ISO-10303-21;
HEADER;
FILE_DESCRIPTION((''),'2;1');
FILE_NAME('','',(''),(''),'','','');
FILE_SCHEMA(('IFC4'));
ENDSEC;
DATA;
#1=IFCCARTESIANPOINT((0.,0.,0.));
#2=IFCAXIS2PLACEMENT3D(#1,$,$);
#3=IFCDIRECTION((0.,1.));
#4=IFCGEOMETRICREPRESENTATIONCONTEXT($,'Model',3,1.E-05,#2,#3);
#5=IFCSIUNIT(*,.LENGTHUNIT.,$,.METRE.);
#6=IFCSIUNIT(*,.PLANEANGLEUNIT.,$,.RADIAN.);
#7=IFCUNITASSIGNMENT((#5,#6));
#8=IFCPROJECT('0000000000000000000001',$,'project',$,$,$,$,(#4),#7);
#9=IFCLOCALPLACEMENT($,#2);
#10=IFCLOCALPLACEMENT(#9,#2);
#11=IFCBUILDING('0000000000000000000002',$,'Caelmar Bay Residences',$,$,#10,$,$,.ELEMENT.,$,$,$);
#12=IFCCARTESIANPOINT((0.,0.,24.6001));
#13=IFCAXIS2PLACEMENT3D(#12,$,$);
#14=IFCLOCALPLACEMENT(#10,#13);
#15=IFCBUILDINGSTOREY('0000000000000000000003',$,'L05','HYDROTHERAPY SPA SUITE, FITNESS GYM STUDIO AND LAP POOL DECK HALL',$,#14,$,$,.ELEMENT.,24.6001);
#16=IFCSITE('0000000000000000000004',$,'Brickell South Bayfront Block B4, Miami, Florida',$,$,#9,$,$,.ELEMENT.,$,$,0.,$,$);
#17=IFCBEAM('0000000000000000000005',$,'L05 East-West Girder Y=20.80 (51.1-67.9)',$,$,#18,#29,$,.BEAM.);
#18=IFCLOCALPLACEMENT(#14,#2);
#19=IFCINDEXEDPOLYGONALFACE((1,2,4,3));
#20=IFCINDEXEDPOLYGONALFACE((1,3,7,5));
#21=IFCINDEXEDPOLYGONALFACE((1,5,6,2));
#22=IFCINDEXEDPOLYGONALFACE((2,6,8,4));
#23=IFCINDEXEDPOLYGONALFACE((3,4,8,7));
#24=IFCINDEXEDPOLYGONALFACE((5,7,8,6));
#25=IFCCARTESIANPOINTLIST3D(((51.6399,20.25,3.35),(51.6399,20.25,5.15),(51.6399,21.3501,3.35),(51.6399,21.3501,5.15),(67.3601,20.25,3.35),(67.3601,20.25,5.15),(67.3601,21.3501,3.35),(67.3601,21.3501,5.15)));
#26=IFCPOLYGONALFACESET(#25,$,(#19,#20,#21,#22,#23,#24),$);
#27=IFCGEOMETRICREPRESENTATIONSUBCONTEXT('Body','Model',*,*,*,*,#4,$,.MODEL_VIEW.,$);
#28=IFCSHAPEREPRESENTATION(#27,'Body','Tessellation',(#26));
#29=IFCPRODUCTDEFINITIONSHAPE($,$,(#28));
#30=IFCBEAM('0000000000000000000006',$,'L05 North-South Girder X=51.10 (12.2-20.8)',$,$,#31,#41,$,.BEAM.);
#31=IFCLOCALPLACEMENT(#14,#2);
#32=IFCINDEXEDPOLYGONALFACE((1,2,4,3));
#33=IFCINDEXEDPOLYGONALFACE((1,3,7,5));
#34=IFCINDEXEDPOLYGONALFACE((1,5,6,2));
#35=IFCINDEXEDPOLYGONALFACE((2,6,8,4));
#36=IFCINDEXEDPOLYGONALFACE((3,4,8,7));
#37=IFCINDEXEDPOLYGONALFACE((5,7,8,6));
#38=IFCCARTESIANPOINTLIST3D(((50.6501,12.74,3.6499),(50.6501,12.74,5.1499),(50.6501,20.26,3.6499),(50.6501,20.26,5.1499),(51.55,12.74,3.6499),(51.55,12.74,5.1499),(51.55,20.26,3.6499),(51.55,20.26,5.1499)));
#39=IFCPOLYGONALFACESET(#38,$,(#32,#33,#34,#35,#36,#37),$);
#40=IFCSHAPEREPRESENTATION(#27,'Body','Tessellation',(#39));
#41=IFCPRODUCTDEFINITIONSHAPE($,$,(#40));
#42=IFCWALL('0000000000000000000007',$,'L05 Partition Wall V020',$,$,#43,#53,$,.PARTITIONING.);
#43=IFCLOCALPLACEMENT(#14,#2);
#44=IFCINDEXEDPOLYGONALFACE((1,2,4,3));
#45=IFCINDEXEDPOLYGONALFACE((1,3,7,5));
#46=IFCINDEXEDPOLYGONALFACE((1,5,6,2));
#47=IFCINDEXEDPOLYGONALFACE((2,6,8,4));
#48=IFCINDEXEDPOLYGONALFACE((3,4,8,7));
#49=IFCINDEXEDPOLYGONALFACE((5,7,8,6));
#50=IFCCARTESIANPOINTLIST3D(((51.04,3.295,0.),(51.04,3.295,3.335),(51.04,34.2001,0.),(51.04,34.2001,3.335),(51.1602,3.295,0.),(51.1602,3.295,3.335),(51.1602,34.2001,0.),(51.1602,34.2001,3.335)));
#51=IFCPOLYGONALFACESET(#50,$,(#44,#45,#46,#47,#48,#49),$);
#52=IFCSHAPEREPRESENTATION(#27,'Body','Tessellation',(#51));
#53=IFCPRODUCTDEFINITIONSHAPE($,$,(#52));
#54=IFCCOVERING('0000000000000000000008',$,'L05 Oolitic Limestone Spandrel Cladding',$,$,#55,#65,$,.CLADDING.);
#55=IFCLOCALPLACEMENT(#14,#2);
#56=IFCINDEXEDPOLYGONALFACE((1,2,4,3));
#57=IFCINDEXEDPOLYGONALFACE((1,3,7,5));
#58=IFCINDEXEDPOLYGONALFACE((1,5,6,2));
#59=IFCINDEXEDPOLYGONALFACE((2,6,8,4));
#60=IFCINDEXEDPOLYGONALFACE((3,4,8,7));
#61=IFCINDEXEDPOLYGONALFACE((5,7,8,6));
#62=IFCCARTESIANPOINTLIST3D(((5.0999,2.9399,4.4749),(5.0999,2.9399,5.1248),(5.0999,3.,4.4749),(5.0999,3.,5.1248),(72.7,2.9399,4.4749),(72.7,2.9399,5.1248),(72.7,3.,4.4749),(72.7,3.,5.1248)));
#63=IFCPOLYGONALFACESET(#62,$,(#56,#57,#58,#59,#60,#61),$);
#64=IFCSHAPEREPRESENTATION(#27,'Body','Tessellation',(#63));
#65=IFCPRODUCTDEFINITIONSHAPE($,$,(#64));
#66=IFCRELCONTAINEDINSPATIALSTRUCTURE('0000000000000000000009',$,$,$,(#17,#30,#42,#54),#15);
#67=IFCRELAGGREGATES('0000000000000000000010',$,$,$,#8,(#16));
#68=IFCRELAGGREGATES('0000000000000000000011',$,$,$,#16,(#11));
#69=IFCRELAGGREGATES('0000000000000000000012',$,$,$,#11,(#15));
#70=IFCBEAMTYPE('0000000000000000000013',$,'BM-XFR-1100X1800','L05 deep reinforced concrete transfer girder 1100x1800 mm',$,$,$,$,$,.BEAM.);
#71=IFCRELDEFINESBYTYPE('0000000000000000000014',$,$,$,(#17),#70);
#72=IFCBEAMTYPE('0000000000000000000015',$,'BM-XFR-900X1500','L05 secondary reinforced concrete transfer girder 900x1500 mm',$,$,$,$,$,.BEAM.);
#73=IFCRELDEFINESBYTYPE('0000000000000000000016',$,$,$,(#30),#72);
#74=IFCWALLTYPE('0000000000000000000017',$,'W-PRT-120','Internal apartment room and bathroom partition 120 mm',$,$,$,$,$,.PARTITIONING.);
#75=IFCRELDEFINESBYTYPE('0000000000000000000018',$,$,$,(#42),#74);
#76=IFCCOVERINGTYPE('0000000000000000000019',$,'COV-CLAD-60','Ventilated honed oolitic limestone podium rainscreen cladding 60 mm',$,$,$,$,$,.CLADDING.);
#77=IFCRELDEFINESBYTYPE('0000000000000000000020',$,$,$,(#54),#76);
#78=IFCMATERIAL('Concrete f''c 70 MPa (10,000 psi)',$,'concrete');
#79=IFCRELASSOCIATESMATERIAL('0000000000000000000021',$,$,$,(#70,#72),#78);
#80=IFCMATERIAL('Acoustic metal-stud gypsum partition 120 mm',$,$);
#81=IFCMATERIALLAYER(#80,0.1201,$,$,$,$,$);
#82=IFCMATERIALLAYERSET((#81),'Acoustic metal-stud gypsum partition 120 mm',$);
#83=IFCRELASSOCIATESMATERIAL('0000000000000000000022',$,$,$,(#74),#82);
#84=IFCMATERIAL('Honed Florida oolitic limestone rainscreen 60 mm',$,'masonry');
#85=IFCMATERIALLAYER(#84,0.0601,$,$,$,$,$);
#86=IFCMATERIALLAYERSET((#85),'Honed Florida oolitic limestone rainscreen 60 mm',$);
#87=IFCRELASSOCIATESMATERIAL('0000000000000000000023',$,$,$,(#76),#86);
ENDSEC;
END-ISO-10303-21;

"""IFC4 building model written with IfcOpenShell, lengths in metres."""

from ifc_helpers import new_model, si_unit, direction, frame, frame_2d, origin, origin_2d, place, context, subcontext, project, spatial, rectangle, extrude, material, layer, layer_set, material_profile, profile_set, type_object, element, save


model = new_model("IFC4")

# Units and contexts
model_context = context("Model", 3, precision=1e-05, world=origin(), true_north=direction((0.0, 1.0)))
body_context = subcontext(model_context, "Body", "Model", "MODEL_VIEW")
ifc_project = project(units=[si_unit("LENGTHUNIT", "METRE"), si_unit("PLANEANGLEUNIT", "RADIAN")], contexts=[model_context])

# Site, building, storey
site_placement = place(None, origin())
site = spatial("IfcSite", under=ifc_project, at=site_placement, Name="Brickell South Bayfront Block B4, Miami, Florida", CompositionType="ELEMENT", RefElevation=0.0)
building_placement = place(site_placement, origin())
building = spatial("IfcBuilding", under=site, at=building_placement, Name="Caelmar Bay Residences", CompositionType="ELEMENT")
storey_placement = place(building_placement, frame((0.0, 0.0, 24.6001)))
storey = spatial("IfcBuildingStorey", under=building, at=storey_placement, Name="L05", Description="HYDROTHERAPY SPA SUITE, FITNESS GYM STUDIO AND LAP POOL DECK HALL", CompositionType="ELEMENT", Elevation=24.6001)

# Shared definitions
ifc_material_1 = material(Name="Concrete f'c 70 MPa (10,000 psi)", Category="concrete")

# Beams
ifc_material_profile_1 = material_profile(ifc_material_1, rectangle(XDim=1.1001, YDim=1.8, at=origin_2d()), Name="RC-BM-1100X1800")
ifc_profile_set_1 = profile_set([ifc_material_profile_1], Name="Concrete f'c 70 MPa (10,000 psi)")
beam_type_1 = type_object("IfcBeamType", Name="BM-XFR-1100X1800", Description="L05 deep reinforced concrete transfer girder 1100x1800 mm", PredefinedType="BEAM", material=ifc_profile_set_1)
beam_1_placement = place(storey_placement, frame((51.6399, 20.8, 4.25), z_axis=(1.0, 0.0, 0.0), x_axis=(0.0, 1.0, 0.0)))
element("IfcBeam", 1, at=beam_1_placement, inside=storey, type_object=beam_type_1, Name="L05 East-West Girder Y=20.80 (51.1-67.9)", PredefinedType="BEAM", context=body_context, shape_type="SweptSolid", body=[
    extrude(rectangle(XDim=1.1001, YDim=1.8, at=origin_2d()), origin(), (0.0, 0.0, 1.0), 15.7202),
])
ifc_material_profile_2 = material_profile(ifc_material_1, rectangle(XDim=0.8999, YDim=1.5, at=origin_2d()), Name="RC-BM-900X1500")
ifc_profile_set_2 = profile_set([ifc_material_profile_2], Name="Concrete f'c 70 MPa (10,000 psi)")
beam_type_2 = type_object("IfcBeamType", Name="BM-XFR-900X1500", Description="L05 secondary reinforced concrete transfer girder 900x1500 mm", PredefinedType="BEAM", material=ifc_profile_set_2)
beam_2_placement = place(storey_placement, frame((51.1001, 12.74, 4.3999), z_axis=(0.0, 1.0, 0.0), x_axis=(-1.0, 0.0, 0.0)))
element("IfcBeam", 2, at=beam_2_placement, inside=storey, type_object=beam_type_2, Name="L05 North-South Girder X=51.10 (12.2-20.8)", PredefinedType="BEAM", context=body_context, shape_type="SweptSolid", body=[
    extrude(rectangle(XDim=0.8999, YDim=1.5, at=origin_2d()), origin(), (0.0, 0.0, 1.0), 7.52),
])

# Wall
ifc_material_2 = material(Name="Acoustic metal-stud gypsum partition 120 mm")
ifc_layer_1 = layer(ifc_material_2, 0.1201)
ifc_layer_set_1 = layer_set([ifc_layer_1], Name="Acoustic metal-stud gypsum partition 120 mm")
wall_type = type_object("IfcWallType", Name="W-PRT-120", Description="Internal apartment room and bathroom partition 120 mm", PredefinedType="PARTITIONING", material=ifc_layer_set_1)
wall_placement = place(storey_placement, frame((51.1001, 3.2949, 0.0), z_axis=(0.0, 0.0, 1.0), x_axis=(0.0, 1.0, 0.0)))
element("IfcWall", 3, at=wall_placement, inside=storey, type_object=wall_type, Name="L05 Partition Wall V020", PredefinedType="PARTITIONING", context=body_context, shape_type="SweptSolid", body=[
    extrude(rectangle(XDim=30.905, YDim=0.1201, at=frame_2d((15.4526, 0.0))), origin(), (0.0, 0.0, 1.0), 3.335),
])

# Covering
ifc_material_3 = material(Name="Honed Florida oolitic limestone rainscreen 60 mm", Category="masonry")
ifc_layer_2 = layer(ifc_material_3, 0.0601)
ifc_layer_set_2 = layer_set([ifc_layer_2], Name="Honed Florida oolitic limestone rainscreen 60 mm")
covering_type = type_object("IfcCoveringType", Name="COV-CLAD-60", Description="Ventilated honed oolitic limestone podium rainscreen cladding 60 mm", PredefinedType="CLADDING", material=ifc_layer_set_2)
covering_placement = place(storey_placement, frame((38.8999, 2.97, 4.4749), z_axis=(0.0, 0.0, 1.0), x_axis=(1.0, 0.0, 0.0)))
element("IfcCovering", 4, at=covering_placement, inside=storey, type_object=covering_type, Name="L05 Oolitic Limestone Spandrel Cladding", PredefinedType="CLADDING", context=body_context, shape_type="SweptSolid", body=[
    extrude(rectangle(XDim=67.6001, YDim=0.0601, at=origin_2d()), origin(), (0.0, 0.0, 1.0), 0.6499),
])

save(model, "model.ifc")
